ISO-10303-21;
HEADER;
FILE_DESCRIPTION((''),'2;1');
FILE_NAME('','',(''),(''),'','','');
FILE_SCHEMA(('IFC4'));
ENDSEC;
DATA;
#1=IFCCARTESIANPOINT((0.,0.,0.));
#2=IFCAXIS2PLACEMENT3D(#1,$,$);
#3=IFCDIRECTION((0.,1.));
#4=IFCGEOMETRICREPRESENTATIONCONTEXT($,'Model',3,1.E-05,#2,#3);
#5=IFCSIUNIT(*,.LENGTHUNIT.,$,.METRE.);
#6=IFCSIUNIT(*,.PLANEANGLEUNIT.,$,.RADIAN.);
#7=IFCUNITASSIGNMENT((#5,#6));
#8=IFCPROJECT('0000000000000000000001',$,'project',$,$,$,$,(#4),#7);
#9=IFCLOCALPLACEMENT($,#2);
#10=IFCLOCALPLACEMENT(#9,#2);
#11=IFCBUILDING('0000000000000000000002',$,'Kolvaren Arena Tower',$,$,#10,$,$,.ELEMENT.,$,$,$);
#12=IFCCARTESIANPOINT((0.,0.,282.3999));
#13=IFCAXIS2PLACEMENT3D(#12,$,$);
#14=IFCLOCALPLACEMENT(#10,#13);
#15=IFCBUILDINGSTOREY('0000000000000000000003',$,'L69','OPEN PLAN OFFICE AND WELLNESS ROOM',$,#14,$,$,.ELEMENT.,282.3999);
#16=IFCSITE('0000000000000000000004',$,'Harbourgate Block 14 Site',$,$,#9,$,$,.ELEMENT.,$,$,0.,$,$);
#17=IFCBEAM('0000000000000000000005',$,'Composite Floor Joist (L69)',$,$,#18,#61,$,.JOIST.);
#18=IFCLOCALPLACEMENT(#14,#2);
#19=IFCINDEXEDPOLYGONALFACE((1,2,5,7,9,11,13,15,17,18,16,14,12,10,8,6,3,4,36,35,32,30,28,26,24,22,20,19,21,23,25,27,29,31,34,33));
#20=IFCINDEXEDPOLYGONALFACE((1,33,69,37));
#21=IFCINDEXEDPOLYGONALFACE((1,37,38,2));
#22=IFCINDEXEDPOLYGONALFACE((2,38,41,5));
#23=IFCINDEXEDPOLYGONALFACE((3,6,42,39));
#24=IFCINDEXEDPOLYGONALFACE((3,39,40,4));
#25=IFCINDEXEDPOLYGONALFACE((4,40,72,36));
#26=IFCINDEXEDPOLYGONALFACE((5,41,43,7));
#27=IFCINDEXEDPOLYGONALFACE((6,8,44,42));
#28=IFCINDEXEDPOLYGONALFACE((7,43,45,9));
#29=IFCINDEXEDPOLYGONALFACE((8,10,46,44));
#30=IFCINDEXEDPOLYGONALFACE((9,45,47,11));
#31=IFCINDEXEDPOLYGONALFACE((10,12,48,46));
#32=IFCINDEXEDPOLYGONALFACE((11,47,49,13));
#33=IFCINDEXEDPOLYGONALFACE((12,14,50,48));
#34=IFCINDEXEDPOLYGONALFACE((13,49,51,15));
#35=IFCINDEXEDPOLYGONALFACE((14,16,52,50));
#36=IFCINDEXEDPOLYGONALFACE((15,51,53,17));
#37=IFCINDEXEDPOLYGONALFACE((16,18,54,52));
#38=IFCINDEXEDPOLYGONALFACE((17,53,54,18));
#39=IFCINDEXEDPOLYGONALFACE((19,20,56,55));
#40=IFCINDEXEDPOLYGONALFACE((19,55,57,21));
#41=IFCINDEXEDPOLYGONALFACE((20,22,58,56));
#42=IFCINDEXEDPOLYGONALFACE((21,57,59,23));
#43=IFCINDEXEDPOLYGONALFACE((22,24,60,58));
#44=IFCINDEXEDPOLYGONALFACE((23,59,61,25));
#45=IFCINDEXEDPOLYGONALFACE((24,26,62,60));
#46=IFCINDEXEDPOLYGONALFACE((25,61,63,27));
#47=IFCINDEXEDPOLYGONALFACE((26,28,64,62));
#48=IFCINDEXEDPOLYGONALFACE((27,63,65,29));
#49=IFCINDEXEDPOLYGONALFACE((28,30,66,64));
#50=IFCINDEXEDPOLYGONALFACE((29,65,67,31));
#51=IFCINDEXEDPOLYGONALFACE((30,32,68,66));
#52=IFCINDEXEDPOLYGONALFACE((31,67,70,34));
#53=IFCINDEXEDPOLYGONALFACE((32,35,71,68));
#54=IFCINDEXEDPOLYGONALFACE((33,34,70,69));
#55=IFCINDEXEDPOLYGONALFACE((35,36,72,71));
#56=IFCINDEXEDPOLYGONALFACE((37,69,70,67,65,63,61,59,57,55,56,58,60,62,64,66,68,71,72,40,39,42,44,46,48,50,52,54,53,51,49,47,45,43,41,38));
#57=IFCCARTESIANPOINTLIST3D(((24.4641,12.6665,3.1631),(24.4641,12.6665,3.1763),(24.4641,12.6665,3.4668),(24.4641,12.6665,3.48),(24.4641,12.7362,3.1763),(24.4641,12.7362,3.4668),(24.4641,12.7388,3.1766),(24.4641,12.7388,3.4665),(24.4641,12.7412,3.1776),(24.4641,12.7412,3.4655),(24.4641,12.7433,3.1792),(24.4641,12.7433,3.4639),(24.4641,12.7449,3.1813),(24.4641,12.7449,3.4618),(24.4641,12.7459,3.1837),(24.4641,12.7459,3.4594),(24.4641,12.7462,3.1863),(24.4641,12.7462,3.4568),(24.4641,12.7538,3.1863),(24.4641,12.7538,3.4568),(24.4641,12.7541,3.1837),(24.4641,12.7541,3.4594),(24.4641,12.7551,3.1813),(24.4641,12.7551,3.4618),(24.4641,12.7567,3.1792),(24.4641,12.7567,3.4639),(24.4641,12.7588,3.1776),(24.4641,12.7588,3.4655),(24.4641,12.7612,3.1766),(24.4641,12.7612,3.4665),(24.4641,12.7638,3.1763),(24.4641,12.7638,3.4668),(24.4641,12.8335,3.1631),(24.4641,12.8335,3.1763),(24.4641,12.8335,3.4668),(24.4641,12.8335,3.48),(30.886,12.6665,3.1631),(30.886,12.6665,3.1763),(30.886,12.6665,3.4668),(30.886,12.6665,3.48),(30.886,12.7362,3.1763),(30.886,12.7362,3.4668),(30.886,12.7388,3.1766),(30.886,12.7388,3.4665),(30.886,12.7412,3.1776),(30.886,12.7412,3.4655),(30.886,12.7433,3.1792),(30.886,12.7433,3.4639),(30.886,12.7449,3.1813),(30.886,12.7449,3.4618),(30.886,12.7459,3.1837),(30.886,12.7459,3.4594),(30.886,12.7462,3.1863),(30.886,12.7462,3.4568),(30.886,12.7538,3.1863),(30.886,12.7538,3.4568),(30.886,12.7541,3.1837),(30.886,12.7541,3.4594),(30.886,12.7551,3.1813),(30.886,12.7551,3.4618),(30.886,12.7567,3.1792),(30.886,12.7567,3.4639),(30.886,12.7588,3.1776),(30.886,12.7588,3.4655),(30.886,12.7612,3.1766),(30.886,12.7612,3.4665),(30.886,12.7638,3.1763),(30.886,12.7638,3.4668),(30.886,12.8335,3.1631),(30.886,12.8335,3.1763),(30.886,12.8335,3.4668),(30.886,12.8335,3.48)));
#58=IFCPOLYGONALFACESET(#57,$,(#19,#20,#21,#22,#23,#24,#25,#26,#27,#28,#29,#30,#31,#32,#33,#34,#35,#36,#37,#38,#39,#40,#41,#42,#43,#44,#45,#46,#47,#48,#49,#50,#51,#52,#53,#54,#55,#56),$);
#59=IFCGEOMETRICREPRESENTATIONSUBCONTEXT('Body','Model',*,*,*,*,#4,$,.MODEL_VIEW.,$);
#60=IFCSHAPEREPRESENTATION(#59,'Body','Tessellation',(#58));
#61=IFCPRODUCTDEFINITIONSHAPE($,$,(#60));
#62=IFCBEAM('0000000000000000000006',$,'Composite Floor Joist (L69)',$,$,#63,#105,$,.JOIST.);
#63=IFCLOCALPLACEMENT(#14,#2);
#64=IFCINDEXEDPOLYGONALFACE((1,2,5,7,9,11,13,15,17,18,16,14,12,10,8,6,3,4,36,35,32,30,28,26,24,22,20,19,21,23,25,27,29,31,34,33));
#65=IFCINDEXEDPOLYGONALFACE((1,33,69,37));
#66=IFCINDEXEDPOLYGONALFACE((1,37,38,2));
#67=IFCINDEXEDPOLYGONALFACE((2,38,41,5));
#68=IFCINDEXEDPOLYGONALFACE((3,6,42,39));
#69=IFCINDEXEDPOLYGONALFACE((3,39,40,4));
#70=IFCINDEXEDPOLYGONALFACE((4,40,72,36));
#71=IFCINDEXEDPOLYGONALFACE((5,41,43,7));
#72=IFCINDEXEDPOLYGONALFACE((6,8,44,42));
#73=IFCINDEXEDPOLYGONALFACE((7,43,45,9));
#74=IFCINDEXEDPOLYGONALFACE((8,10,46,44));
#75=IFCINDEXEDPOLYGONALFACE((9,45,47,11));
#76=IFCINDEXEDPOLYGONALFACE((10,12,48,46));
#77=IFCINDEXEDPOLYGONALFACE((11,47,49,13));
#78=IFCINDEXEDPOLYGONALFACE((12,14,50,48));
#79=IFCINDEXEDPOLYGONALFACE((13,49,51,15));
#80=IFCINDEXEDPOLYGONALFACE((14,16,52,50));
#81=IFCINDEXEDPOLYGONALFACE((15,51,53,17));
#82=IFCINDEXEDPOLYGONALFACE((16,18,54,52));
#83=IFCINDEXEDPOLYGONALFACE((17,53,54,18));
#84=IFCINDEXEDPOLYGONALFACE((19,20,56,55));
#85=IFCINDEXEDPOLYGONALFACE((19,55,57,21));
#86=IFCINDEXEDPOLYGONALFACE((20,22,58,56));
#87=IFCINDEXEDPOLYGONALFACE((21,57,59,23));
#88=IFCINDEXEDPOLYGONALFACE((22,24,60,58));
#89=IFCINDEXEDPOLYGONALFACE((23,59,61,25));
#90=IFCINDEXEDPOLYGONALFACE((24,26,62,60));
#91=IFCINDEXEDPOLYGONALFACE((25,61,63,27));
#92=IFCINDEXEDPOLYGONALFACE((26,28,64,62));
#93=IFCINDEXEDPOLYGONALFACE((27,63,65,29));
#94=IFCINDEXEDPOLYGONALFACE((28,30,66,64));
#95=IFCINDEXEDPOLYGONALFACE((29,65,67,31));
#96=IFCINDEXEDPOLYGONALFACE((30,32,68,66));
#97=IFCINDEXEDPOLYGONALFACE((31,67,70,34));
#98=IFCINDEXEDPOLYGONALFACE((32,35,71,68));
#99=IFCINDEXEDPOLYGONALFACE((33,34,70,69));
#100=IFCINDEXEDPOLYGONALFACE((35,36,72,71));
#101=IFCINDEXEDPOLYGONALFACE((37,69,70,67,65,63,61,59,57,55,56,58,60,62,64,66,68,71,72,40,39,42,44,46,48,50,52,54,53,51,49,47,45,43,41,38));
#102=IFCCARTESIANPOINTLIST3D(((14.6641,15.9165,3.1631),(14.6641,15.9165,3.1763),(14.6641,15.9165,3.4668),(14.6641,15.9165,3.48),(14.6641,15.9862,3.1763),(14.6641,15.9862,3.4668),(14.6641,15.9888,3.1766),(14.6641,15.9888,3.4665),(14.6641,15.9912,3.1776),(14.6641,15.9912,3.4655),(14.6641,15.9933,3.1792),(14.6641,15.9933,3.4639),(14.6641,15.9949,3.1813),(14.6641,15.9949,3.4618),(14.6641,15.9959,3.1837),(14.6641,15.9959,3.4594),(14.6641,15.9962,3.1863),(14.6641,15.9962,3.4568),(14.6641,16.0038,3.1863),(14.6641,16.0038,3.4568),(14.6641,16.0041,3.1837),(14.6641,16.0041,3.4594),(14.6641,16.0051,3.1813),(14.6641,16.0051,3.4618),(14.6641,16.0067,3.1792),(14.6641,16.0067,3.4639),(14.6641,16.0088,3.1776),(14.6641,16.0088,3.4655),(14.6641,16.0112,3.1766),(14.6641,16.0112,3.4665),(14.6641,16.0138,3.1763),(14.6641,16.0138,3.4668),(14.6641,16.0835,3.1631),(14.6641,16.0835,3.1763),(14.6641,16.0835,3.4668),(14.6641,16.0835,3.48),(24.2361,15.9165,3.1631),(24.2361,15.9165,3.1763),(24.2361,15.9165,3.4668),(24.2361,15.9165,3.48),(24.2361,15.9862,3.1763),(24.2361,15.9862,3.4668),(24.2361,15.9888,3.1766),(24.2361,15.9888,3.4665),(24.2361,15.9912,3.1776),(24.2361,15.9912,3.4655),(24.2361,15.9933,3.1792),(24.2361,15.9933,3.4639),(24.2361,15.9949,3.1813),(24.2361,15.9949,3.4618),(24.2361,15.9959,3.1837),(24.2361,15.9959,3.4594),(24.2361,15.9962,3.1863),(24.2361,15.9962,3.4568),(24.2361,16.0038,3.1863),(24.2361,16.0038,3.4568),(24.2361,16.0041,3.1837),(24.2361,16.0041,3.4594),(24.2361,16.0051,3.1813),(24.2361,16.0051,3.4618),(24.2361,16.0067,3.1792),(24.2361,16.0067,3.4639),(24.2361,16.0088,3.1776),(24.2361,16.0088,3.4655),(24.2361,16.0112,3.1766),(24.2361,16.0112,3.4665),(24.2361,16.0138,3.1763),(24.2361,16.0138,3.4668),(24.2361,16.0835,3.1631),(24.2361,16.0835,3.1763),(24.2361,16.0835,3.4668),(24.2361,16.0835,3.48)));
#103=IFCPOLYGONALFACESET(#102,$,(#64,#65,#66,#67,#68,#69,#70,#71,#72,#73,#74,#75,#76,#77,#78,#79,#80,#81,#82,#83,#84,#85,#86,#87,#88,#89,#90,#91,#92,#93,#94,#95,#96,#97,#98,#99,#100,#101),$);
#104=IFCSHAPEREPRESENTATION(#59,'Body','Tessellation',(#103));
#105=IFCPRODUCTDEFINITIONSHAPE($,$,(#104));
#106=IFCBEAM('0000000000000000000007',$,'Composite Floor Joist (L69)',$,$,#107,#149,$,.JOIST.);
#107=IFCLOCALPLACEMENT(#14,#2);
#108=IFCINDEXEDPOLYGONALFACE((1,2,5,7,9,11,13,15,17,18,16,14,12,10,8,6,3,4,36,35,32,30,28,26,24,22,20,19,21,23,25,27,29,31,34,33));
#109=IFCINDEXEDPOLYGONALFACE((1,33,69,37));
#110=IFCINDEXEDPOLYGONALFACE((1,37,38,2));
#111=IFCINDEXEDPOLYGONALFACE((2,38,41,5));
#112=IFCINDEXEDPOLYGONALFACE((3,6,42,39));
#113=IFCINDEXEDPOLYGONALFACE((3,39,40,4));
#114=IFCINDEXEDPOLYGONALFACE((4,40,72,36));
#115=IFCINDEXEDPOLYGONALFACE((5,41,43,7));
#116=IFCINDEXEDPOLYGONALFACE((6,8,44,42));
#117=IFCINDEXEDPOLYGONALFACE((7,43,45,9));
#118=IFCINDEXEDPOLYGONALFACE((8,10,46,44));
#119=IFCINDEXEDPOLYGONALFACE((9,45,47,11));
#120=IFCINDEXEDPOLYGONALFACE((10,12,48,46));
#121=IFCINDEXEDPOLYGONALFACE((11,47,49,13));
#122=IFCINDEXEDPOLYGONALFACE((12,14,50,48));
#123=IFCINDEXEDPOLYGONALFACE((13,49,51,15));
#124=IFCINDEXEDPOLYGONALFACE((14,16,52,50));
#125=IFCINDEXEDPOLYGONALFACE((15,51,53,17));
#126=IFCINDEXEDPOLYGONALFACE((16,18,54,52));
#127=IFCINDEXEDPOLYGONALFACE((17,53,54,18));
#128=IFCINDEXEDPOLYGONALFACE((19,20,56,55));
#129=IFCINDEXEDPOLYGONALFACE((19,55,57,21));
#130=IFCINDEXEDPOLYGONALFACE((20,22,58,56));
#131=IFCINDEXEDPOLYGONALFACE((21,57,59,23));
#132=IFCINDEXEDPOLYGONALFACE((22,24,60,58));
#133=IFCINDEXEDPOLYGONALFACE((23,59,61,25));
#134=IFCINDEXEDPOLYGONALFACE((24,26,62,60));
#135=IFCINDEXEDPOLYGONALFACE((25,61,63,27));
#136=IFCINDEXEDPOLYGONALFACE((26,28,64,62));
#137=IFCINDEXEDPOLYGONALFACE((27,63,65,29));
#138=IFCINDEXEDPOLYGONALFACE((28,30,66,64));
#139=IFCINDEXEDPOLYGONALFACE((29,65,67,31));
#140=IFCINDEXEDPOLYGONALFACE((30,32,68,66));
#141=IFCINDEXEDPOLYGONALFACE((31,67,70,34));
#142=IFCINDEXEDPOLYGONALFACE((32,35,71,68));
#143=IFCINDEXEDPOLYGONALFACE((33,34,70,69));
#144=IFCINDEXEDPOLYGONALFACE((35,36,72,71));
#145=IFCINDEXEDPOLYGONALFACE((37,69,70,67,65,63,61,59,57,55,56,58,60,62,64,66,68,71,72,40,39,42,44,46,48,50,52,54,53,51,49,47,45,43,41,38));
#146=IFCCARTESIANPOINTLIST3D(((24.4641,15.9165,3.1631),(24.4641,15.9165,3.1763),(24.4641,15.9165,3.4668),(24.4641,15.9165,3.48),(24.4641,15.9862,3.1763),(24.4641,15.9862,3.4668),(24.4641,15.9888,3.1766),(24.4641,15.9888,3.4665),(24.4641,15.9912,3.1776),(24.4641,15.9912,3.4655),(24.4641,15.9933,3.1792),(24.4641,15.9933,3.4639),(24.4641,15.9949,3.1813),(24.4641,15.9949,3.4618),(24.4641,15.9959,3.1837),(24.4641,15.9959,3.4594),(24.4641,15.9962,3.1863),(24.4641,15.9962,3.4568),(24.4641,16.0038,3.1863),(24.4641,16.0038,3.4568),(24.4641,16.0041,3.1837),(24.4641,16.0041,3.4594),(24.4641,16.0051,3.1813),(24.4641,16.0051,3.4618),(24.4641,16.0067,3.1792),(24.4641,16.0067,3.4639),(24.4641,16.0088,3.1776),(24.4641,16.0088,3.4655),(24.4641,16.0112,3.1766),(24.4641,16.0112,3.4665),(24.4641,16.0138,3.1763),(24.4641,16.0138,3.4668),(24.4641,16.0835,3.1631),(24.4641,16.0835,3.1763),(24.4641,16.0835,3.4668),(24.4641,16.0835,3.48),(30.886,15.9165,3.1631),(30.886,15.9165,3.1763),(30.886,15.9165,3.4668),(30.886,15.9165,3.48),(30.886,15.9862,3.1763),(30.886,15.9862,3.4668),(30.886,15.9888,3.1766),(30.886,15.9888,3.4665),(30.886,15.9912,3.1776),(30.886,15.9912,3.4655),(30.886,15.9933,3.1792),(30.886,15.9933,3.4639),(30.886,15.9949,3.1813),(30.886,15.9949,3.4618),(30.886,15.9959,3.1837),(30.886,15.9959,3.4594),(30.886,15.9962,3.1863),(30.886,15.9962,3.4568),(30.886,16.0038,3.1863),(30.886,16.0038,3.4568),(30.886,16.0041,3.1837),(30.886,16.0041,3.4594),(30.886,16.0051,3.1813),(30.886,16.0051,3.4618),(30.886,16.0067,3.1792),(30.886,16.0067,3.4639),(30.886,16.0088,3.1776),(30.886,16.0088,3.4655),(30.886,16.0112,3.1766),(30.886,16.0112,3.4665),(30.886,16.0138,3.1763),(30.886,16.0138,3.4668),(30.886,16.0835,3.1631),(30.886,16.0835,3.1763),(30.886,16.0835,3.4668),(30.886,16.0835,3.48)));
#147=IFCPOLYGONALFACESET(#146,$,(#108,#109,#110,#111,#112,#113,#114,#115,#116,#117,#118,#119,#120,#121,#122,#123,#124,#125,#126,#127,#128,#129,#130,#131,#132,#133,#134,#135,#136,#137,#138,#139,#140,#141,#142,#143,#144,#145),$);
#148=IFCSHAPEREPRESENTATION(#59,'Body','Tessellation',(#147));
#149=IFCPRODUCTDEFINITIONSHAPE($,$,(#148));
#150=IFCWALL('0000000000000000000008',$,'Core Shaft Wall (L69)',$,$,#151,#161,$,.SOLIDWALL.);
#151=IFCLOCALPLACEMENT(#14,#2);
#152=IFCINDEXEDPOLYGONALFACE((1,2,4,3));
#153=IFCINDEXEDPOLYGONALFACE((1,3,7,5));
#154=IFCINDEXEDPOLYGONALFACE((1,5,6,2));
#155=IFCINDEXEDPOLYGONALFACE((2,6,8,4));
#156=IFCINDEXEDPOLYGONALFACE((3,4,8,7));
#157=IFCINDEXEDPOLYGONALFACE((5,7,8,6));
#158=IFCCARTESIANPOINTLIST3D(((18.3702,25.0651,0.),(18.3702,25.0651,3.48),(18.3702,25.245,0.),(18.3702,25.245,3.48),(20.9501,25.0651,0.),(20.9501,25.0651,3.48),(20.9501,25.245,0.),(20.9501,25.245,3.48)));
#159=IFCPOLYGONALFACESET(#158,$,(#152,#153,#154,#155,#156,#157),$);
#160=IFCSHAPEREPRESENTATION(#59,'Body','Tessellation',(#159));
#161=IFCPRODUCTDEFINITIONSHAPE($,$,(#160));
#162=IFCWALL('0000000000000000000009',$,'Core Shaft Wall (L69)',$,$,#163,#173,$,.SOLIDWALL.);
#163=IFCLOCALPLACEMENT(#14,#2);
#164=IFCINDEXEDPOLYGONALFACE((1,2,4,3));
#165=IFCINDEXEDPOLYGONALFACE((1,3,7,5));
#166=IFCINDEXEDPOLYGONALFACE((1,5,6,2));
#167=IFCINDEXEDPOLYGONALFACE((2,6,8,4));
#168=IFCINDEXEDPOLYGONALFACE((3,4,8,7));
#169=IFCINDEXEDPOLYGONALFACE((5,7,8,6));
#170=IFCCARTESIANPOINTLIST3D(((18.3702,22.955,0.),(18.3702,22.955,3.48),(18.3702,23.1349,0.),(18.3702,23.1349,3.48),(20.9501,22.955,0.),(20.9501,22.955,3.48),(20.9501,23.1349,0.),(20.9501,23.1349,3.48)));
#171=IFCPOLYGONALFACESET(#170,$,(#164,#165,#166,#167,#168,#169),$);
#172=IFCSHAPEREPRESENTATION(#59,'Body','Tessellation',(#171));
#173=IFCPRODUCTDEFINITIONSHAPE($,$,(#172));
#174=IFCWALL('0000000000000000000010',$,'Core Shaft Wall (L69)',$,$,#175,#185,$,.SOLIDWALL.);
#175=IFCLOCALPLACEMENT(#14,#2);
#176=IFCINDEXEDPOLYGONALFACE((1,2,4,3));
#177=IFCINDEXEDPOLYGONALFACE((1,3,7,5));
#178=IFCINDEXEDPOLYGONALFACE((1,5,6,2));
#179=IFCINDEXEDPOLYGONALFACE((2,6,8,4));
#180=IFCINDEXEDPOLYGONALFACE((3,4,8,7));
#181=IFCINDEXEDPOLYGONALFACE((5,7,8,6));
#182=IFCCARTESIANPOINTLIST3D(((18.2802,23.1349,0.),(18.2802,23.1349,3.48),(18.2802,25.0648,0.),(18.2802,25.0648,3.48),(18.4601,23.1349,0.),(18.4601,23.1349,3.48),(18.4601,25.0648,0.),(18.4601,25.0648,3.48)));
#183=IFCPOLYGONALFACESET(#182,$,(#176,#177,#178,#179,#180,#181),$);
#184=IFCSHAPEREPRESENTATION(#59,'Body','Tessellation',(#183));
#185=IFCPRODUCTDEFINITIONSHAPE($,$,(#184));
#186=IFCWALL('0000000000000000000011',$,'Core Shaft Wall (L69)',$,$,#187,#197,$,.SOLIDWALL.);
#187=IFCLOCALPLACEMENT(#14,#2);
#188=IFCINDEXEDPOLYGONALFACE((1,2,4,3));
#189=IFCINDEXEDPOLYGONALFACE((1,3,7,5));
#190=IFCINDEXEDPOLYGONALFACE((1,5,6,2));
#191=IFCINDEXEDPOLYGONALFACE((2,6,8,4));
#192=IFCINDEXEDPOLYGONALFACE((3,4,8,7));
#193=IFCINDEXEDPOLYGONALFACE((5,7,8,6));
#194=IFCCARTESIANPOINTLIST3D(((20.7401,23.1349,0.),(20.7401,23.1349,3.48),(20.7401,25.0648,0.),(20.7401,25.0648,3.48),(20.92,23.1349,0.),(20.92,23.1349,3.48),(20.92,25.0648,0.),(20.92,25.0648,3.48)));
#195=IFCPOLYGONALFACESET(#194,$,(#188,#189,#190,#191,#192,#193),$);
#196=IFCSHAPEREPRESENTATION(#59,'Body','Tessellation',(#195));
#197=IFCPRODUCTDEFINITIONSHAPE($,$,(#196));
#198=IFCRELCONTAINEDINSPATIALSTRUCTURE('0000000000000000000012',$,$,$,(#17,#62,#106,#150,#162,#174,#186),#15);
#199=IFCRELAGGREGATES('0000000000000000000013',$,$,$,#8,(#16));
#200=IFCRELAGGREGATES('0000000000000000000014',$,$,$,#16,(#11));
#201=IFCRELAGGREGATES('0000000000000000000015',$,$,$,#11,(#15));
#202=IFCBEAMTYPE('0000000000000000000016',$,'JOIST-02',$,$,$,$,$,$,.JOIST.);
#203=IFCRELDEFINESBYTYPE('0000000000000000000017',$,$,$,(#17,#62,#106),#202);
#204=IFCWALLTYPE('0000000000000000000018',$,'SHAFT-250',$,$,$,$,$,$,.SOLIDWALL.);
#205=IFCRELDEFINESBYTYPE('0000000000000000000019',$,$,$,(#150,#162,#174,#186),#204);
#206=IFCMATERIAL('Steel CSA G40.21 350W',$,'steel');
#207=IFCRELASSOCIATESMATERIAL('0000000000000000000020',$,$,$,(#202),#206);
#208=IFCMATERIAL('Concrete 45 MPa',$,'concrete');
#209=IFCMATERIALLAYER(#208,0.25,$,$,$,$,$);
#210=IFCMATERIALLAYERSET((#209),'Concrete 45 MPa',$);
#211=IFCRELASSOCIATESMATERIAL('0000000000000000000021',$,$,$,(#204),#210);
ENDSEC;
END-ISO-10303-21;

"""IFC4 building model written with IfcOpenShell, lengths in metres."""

from ifc_helpers import new_model, si_unit, direction, frame, frame_2d, origin, origin_2d, place, context, subcontext, project, spatial, rectangle, i_section, extrude, material, layer, layer_set, material_profile, profile_set, type_object, element, save


model = new_model("IFC4")

# Units and contexts
model_context = context("Model", 3, precision=1e-05, world=origin(), true_north=direction((0.0, 1.0)))
body_context = subcontext(model_context, "Body", "Model", "MODEL_VIEW")
ifc_project = project(units=[si_unit("LENGTHUNIT", "METRE"), si_unit("PLANEANGLEUNIT", "RADIAN")], contexts=[model_context])

# Site, building, storey
site_placement = place(None, origin())
site = spatial("IfcSite", under=ifc_project, at=site_placement, Name="Harbourgate Block 14 Site", CompositionType="ELEMENT", RefElevation=0.0)
building_placement = place(site_placement, origin())
building = spatial("IfcBuilding", under=site, at=building_placement, Name="Kolvaren Arena Tower", CompositionType="ELEMENT")
storey_placement = place(building_placement, frame((0.0, 0.0, 282.3999)))
storey = spatial("IfcBuildingStorey", under=building, at=storey_placement, Name="L69", Description="OPEN PLAN OFFICE AND WELLNESS ROOM", CompositionType="ELEMENT", Elevation=282.3999)

# Beams
ifc_material_1 = material(Name="Steel CSA G40.21 350W", Category="steel")
ifc_material_profile_1 = material_profile(ifc_material_1, i_section(OverallWidth=0.167, OverallDepth=0.3169, WebThickness=0.0076, FlangeThickness=0.0132, FilletRadius=0.01, at=origin_2d()), Name="W310x52")
ifc_profile_set_1 = profile_set([ifc_material_profile_1], Name="Steel CSA G40.21 350W")
beam_type_1 = type_object("IfcBeamType", Name="JOIST-02", PredefinedType="JOIST", material=ifc_profile_set_1)
beam_1_placement = place(storey_placement, frame((24.4641, 12.75, 3.3215), z_axis=(1.0, 0.0, 0.0), x_axis=(0.0, 1.0, 0.0)))
element("IfcBeam", 1, at=beam_1_placement, inside=storey, type_object=beam_type_1, Name="Composite Floor Joist (L69)", PredefinedType="JOIST", context=body_context, shape_type="SweptSolid", body=[
    extrude(i_section(OverallWidth=0.167, OverallDepth=0.3169, WebThickness=0.0076, FlangeThickness=0.0132, FilletRadius=0.01, at=origin_2d()), origin(), (0.0, 0.0, 1.0), 6.4219),
])
beam_2_placement = place(storey_placement, frame((14.6641, 16.0, 3.3215), z_axis=(1.0, 0.0, 0.0), x_axis=(0.0, 1.0, 0.0)))
element("IfcBeam", 2, at=beam_2_placement, inside=storey, type_object=beam_type_1, Name="Composite Floor Joist (L69)", PredefinedType="JOIST", context=body_context, shape_type="SweptSolid", body=[
    extrude(i_section(OverallWidth=0.167, OverallDepth=0.3169, WebThickness=0.0076, FlangeThickness=0.0132, FilletRadius=0.01, at=origin_2d()), origin(), (0.0, 0.0, 1.0), 9.572),
])
beam_3_placement = place(storey_placement, frame((24.4641, 16.0, 3.3215), z_axis=(1.0, 0.0, 0.0), x_axis=(0.0, 1.0, 0.0)))
element("IfcBeam", 3, at=beam_3_placement, inside=storey, type_object=beam_type_1, Name="Composite Floor Joist (L69)", PredefinedType="JOIST", context=body_context, shape_type="SweptSolid", body=[
    extrude(i_section(OverallWidth=0.167, OverallDepth=0.3169, WebThickness=0.0076, FlangeThickness=0.0132, FilletRadius=0.01, at=origin_2d()), origin(), (0.0, 0.0, 1.0), 6.4219),
])

# Walls
ifc_material_2 = material(Name="Concrete 45 MPa", Category="concrete")
ifc_layer_1 = layer(ifc_material_2, 0.25)
ifc_layer_set_1 = layer_set([ifc_layer_1], Name="Concrete 45 MPa")
wall_type_1 = type_object("IfcWallType", Name="SHAFT-250", PredefinedType="SOLIDWALL", material=ifc_layer_set_1)
for number, where, z_axis, x_axis, name in (
    (4, (18.3701, 25.155, 0.0), (0.0, 0.0, 1.0), (1.0, 0.0, 0.0), "Core Shaft Wall (L69)"),
    (5, (18.3701, 23.0449, 0.0), (0.0, 0.0, 1.0), (1.0, 0.0, 0.0), "Core Shaft Wall (L69)"),
):
    element("IfcWall", number, at=place(storey_placement, frame(where, z_axis=z_axis, x_axis=x_axis)), inside=storey, type_object=wall_type_1, Name=name, PredefinedType="SOLIDWALL", context=body_context, shape_type="SweptSolid", body=[
        extrude(rectangle(XDim=2.5798, YDim=0.1799, at=frame_2d((1.29, 0.0))), origin(), (0.0, 0.0, 1.0), 3.48),
    ])
for number, where, z_axis, x_axis, name in (
    (6, (18.3701, 23.135, 0.0), (0.0, 0.0, 1.0), (0.0, 1.0, 0.0), "Core Shaft Wall (L69)"),
    (7, (20.8301, 23.135, 0.0), (0.0, 0.0, 1.0), (0.0, 1.0, 0.0), "Core Shaft Wall (L69)"),
):
    element("IfcWall", number, at=place(storey_placement, frame(where, z_axis=z_axis, x_axis=x_axis)), inside=storey, type_object=wall_type_1, Name=name, PredefinedType="SOLIDWALL", context=body_context, shape_type="SweptSolid", body=[
        extrude(rectangle(XDim=1.9299, YDim=0.1799, at=frame_2d((0.9648, 0.0))), origin(), (0.0, 0.0, 1.0), 3.48),
    ])

save(model, "model.ifc")
